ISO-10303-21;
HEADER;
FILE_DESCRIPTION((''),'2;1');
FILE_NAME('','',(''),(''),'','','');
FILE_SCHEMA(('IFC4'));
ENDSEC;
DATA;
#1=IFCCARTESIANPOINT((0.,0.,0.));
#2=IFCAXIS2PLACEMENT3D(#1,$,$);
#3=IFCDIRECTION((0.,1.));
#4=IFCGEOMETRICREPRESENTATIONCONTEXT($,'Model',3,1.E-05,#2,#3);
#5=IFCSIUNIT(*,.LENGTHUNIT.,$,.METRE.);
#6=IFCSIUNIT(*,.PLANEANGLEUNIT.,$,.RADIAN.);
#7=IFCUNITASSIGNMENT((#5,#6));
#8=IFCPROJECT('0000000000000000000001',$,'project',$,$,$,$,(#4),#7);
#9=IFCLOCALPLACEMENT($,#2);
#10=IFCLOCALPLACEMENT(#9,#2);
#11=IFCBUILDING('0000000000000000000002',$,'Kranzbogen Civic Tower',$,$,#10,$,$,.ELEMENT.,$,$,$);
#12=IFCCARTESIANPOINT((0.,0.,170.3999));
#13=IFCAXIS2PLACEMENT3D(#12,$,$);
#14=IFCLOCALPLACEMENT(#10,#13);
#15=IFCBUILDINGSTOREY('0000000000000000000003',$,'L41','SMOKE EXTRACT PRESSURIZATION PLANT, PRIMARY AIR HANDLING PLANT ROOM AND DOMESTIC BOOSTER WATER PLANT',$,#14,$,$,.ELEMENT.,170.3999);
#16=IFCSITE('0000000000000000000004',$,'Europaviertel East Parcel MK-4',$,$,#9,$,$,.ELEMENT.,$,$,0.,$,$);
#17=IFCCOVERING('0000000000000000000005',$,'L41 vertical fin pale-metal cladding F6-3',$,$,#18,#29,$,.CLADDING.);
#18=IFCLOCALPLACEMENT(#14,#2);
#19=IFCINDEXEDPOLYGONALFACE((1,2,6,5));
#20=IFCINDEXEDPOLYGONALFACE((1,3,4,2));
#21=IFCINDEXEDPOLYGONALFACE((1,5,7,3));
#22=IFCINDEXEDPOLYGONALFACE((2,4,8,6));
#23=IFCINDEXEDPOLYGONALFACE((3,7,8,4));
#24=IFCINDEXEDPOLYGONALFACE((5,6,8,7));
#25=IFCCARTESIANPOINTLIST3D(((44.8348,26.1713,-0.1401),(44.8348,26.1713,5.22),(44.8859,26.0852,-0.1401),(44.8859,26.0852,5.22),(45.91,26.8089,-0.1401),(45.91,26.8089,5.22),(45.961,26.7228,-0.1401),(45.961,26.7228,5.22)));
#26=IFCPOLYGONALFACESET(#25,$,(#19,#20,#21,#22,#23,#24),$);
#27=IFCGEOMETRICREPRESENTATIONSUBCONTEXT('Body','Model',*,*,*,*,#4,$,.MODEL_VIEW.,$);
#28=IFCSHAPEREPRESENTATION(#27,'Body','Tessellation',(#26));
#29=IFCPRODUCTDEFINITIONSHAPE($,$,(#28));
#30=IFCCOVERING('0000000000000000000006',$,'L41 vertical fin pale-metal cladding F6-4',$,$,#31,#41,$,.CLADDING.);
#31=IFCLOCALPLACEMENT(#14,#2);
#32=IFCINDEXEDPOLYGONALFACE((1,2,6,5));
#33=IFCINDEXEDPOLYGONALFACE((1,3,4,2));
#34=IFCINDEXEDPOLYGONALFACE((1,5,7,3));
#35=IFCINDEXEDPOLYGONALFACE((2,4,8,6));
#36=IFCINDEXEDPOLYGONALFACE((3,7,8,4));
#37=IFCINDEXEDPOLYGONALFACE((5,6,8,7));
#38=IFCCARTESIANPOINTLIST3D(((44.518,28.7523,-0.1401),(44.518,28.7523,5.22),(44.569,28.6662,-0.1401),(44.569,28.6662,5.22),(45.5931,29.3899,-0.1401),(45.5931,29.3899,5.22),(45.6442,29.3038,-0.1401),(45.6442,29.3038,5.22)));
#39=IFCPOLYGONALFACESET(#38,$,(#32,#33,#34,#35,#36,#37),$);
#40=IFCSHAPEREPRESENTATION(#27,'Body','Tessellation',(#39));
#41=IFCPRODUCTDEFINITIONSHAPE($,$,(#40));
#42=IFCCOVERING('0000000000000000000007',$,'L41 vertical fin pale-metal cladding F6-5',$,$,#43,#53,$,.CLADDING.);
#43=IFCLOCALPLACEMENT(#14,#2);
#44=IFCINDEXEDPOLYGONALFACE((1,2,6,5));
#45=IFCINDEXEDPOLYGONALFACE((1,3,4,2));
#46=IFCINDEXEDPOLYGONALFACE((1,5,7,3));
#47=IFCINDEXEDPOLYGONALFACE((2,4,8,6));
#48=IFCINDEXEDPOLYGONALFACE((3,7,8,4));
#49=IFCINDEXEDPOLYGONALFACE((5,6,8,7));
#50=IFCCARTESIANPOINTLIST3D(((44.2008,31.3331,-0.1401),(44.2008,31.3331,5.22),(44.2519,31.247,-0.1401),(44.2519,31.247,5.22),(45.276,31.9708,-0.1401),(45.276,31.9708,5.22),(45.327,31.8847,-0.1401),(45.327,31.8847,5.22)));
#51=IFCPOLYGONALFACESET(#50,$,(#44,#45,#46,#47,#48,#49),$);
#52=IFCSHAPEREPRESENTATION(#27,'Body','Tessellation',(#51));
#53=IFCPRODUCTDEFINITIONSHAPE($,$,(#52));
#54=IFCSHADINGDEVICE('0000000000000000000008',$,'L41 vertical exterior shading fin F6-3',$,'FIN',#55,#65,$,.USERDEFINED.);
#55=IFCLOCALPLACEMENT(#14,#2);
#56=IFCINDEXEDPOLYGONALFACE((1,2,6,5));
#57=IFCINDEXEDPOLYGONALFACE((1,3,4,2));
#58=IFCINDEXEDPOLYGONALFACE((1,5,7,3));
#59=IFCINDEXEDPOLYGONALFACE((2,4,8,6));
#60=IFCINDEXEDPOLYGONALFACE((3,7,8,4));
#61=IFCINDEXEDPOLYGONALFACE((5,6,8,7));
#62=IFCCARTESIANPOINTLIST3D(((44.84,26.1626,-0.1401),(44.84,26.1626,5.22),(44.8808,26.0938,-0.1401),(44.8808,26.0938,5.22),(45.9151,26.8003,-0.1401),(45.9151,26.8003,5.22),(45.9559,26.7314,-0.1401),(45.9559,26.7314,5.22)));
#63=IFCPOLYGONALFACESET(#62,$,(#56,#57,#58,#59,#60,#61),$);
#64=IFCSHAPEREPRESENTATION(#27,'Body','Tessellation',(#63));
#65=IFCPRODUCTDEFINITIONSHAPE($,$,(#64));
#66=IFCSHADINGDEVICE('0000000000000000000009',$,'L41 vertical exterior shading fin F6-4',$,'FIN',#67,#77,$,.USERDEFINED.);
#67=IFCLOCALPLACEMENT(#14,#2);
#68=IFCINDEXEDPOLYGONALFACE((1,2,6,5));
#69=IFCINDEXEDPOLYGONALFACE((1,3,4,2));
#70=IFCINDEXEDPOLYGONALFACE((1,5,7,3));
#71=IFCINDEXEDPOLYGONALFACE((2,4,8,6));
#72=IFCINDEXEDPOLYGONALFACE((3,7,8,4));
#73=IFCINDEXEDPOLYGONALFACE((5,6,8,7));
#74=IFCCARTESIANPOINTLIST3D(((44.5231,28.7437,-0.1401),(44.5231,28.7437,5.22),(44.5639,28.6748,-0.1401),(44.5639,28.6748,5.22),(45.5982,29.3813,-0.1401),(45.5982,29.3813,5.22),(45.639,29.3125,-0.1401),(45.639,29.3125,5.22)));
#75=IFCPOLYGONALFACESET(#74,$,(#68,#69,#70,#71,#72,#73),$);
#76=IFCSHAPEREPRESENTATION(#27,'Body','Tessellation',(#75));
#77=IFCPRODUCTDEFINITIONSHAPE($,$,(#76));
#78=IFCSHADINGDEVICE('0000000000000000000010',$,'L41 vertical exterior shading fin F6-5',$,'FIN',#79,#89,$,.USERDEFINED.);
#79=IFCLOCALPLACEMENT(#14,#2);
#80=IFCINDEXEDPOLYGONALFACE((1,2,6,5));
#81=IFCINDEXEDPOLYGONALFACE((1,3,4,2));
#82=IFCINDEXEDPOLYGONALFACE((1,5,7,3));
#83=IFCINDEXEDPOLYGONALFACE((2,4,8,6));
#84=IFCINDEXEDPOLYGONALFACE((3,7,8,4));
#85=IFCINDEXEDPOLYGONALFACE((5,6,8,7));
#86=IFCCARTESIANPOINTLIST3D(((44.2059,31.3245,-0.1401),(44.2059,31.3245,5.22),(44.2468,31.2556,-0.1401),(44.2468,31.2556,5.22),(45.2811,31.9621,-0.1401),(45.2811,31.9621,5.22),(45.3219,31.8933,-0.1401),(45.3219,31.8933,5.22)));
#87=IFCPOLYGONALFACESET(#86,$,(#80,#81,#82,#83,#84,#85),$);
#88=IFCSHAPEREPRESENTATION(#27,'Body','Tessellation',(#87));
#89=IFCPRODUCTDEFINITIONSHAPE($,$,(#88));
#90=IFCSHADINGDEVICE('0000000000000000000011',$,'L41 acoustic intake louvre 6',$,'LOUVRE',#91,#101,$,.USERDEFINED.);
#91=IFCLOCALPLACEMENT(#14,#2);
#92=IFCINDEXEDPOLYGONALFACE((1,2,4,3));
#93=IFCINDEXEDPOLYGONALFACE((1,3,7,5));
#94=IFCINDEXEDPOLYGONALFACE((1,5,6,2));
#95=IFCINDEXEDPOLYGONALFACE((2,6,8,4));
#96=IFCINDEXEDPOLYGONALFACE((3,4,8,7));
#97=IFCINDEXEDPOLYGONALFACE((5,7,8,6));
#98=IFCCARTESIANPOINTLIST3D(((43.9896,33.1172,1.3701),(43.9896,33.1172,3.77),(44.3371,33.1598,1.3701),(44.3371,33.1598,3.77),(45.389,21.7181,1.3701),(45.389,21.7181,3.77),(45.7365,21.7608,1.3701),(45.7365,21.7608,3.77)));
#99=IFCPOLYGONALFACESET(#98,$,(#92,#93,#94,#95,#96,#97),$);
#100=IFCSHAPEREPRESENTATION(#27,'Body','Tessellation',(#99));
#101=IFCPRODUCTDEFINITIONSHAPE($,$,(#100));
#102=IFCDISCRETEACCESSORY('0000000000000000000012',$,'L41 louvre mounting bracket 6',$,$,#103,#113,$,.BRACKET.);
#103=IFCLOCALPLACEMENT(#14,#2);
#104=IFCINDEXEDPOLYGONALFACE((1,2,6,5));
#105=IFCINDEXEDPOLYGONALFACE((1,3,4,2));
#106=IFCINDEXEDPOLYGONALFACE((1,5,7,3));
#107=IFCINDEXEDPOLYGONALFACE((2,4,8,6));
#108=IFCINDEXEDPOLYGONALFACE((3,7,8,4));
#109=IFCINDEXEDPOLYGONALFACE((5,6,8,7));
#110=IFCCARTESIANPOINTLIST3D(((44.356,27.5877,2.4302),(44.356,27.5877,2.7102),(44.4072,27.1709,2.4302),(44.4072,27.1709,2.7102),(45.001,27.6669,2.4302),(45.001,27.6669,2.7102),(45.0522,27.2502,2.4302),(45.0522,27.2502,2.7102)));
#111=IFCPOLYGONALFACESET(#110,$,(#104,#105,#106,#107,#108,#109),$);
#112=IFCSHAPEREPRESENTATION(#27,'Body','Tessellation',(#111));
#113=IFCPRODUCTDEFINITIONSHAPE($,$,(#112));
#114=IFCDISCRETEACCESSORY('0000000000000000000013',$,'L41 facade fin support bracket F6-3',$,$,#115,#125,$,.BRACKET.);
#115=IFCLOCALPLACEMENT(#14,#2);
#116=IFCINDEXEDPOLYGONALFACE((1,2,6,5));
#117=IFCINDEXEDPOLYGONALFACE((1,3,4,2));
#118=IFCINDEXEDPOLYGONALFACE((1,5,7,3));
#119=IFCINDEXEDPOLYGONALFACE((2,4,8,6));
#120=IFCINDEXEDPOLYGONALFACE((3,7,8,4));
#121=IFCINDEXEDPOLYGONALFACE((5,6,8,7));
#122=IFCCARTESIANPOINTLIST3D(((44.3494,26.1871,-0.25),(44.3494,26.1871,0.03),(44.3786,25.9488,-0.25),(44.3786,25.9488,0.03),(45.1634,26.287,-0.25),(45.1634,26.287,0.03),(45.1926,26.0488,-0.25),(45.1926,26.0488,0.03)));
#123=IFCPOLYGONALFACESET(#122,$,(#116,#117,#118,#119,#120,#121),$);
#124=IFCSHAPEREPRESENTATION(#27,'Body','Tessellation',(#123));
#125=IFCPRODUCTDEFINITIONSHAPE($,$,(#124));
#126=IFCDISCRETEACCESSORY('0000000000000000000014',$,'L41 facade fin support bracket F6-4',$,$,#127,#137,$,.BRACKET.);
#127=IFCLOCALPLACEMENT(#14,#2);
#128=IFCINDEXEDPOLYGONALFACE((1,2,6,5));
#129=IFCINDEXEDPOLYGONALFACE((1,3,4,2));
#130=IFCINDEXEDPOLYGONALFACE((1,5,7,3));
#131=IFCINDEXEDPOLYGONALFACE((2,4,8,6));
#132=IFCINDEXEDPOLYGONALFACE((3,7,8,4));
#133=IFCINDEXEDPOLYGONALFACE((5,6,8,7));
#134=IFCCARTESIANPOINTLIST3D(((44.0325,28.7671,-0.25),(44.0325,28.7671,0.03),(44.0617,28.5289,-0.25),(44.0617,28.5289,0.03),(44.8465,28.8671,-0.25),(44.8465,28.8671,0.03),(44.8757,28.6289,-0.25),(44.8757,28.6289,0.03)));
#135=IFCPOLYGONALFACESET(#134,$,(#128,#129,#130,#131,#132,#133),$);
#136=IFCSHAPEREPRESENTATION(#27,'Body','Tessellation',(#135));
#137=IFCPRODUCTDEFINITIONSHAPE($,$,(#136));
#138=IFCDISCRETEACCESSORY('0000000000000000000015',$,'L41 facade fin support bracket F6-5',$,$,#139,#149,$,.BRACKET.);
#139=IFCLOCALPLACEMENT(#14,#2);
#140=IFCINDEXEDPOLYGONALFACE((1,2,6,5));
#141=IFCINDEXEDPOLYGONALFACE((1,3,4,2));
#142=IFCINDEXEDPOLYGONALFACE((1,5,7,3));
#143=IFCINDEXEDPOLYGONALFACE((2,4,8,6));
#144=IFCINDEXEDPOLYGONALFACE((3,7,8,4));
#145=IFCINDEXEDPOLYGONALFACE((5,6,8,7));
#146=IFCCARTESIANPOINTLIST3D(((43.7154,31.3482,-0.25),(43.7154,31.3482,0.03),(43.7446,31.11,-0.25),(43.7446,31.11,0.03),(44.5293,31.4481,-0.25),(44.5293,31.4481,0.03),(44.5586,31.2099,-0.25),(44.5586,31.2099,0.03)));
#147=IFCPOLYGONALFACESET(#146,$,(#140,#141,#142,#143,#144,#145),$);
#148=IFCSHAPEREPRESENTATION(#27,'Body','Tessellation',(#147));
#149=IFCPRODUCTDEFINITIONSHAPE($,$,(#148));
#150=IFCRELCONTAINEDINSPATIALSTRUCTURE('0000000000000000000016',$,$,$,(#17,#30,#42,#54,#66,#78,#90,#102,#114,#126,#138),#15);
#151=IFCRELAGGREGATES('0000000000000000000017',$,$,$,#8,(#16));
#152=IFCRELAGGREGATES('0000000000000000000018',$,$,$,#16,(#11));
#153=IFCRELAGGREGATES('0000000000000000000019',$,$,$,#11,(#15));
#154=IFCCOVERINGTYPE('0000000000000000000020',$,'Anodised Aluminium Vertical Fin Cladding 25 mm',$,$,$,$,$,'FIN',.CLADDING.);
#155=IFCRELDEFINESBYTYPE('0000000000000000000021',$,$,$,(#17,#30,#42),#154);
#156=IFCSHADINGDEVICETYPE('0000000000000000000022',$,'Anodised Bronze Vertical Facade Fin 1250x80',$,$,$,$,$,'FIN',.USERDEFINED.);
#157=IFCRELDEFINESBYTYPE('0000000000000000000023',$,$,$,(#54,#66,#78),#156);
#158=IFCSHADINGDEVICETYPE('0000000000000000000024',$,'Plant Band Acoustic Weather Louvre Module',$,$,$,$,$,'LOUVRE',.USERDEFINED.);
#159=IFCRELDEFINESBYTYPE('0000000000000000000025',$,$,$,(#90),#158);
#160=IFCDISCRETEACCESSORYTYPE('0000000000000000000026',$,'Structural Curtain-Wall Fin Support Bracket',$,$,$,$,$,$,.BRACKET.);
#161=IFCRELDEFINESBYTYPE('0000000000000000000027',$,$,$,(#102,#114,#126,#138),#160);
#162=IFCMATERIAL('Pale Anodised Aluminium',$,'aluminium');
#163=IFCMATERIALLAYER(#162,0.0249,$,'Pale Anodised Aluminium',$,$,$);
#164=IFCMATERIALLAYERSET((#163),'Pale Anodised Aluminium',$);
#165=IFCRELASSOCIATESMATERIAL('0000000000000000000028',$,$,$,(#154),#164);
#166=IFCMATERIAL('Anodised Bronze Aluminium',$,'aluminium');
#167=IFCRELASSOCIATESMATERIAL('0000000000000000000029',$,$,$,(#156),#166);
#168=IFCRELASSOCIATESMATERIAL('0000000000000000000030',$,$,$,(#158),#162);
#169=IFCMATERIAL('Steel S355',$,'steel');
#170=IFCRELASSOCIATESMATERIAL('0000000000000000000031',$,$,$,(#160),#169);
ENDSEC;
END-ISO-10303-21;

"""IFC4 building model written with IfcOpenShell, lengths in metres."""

from ifc_helpers import new_model, si_unit, direction, frame, origin, origin_2d, place, context, subcontext, project, spatial, rectangle, extrude, material, layer, layer_set, type_object, element, save


model = new_model("IFC4")

# Units and contexts
model_context = context("Model", 3, precision=1e-05, world=origin(), true_north=direction((0.0, 1.0)))
body_context = subcontext(model_context, "Body", "Model", "MODEL_VIEW")
ifc_project = project(units=[si_unit("LENGTHUNIT", "METRE"), si_unit("PLANEANGLEUNIT", "RADIAN")], contexts=[model_context])

# Site, building, storey
site_placement = place(None, origin())
site = spatial("IfcSite", under=ifc_project, at=site_placement, Name="Europaviertel East Parcel MK-4", CompositionType="ELEMENT", RefElevation=0.0)
building_placement = place(site_placement, origin())
building = spatial("IfcBuilding", under=site, at=building_placement, Name="Kranzbogen Civic Tower", CompositionType="ELEMENT")
storey_placement = place(building_placement, frame((0.0, 0.0, 170.3999)))
storey = spatial("IfcBuildingStorey", under=building, at=storey_placement, Name="L41", Description="SMOKE EXTRACT PRESSURIZATION PLANT, PRIMARY AIR HANDLING PLANT ROOM AND DOMESTIC BOOSTER WATER PLANT", CompositionType="ELEMENT", Elevation=170.3999)

# Shared definitions
ifc_material_1 = material(Name="Steel S355", Category="steel")

# Coverings
ifc_material_2 = material(Name="Pale Anodised Aluminium", Category="aluminium")
ifc_layer_1 = layer(ifc_material_2, 0.0249, Name="Pale Anodised Aluminium")
ifc_layer_set_1 = layer_set([ifc_layer_1], Name="Pale Anodised Aluminium")
covering_type = type_object("IfcCoveringType", Name="Anodised Aluminium Vertical Fin Cladding 25 mm", ElementType="FIN", PredefinedType="CLADDING", material=ifc_layer_set_1)
for number, where, z_axis, x_axis, name in (
    (1, (45.3979, 26.447, -0.1401), (0.0, 0.0, 1.0), (0.860111, 0.510108, 0.0), "L41 vertical fin pale-metal cladding F6-3"),
    (2, (45.0811, 29.0281, -0.1401), (0.0, 0.0, 1.0), (0.860111, 0.510108, 0.0), "L41 vertical fin pale-metal cladding F6-4"),
    (3, (44.7639, 31.6089, -0.1401), (0.0, 0.0, 1.0), (0.860111, 0.510108, 0.0), "L41 vertical fin pale-metal cladding F6-5"),
):
    element("IfcCovering", number, at=place(storey_placement, frame(where, z_axis=z_axis, x_axis=x_axis)), inside=storey, type_object=covering_type, Name=name, PredefinedType="CLADDING", context=body_context, shape_type="SweptSolid", body=[
        extrude(rectangle(XDim=1.25, YDim=0.1001, at=origin_2d()), origin(), (0.0, 0.0, 1.0), 5.3601),
    ])

# Shading devices
ifc_material_3 = material(Name="Anodised Bronze Aluminium", Category="aluminium")
shading_device_type_1 = type_object("IfcShadingDeviceType", Name="Anodised Bronze Vertical Facade Fin 1250x80", ElementType="FIN", PredefinedType="USERDEFINED", material=ifc_material_3)
for number, where, z_axis, x_axis, name in (
    (4, (45.3979, 26.447, -0.1401), (0.0, 0.0, 1.0), (0.860111, 0.510108, 0.0), "L41 vertical exterior shading fin F6-3"),
    (5, (45.0811, 29.0281, -0.1401), (0.0, 0.0, 1.0), (0.860111, 0.510108, 0.0), "L41 vertical exterior shading fin F6-4"),
    (6, (44.7639, 31.6089, -0.1401), (0.0, 0.0, 1.0), (0.860111, 0.510108, 0.0), "L41 vertical exterior shading fin F6-5"),
):
    element("IfcShadingDevice", number, at=place(storey_placement, frame(where, z_axis=z_axis, x_axis=x_axis)), inside=storey, type_object=shading_device_type_1, Name=name, ObjectType="FIN", PredefinedType="USERDEFINED", context=body_context, shape_type="SweptSolid", body=[
        extrude(rectangle(XDim=1.25, YDim=0.0801, at=origin_2d()), origin(), (0.0, 0.0, 1.0), 5.3601),
    ])
shading_device_type_2 = type_object("IfcShadingDeviceType", Name="Plant Band Acoustic Weather Louvre Module", ElementType="LOUVRE", PredefinedType="USERDEFINED", material=ifc_material_2)
shading_device_placement = place(storey_placement, frame((44.863, 27.439, 1.3701), z_axis=(0.0, 0.0, 1.0), x_axis=(-0.121852, 0.992548, 0.0)))
element("IfcShadingDevice", 7, at=shading_device_placement, inside=storey, type_object=shading_device_type_2, Name="L41 acoustic intake louvre 6", ObjectType="LOUVRE", PredefinedType="USERDEFINED", context=body_context, shape_type="SweptSolid", body=[
    extrude(rectangle(XDim=11.4846, YDim=0.3501, at=origin_2d()), origin(), (0.0, 0.0, 1.0), 2.3999),
])

# Discrete accessories
discrete_accessory_type = type_object("IfcDiscreteAccessoryType", Name="Structural Curtain-Wall Fin Support Bracket", PredefinedType="BRACKET", material=ifc_material_1)
discrete_accessory_placement = place(storey_placement, frame((44.7041, 27.4189, 2.4302), z_axis=(0.0, 0.0, 1.0), x_axis=(0.992546, 0.121869, 0.0)))
element("IfcDiscreteAccessory", 8, at=discrete_accessory_placement, inside=storey, type_object=discrete_accessory_type, Name="L41 louvre mounting bracket 6", PredefinedType="BRACKET", context=body_context, shape_type="SweptSolid", body=[
    extrude(rectangle(XDim=0.6499, YDim=0.4199, at=origin_2d()), origin(), (0.0, 0.0, 1.0), 0.28),
])
for number, where, z_axis, x_axis, name in (
    (9, (44.771, 26.1179, -0.25), (0.0, 0.0, 1.0), (0.992546, 0.121869, 0.0), "L41 facade fin support bracket F6-3"),
    (10, (44.4541, 28.698, -0.25), (0.0, 0.0, 1.0), (0.992546, 0.121869, 0.0), "L41 facade fin support bracket F6-4"),
    (11, (44.137, 31.2791, -0.25), (0.0, 0.0, 1.0), (0.992546, 0.121869, 0.0), "L41 facade fin support bracket F6-5"),
):
    element("IfcDiscreteAccessory", number, at=place(storey_placement, frame(where, z_axis=z_axis, x_axis=x_axis)), inside=storey, type_object=discrete_accessory_type, Name=name, PredefinedType="BRACKET", context=body_context, shape_type="SweptSolid", body=[
        extrude(rectangle(XDim=0.8201, YDim=0.24, at=origin_2d()), origin(), (0.0, 0.0, 1.0), 0.28),
    ])

save(model, "model.ifc")
